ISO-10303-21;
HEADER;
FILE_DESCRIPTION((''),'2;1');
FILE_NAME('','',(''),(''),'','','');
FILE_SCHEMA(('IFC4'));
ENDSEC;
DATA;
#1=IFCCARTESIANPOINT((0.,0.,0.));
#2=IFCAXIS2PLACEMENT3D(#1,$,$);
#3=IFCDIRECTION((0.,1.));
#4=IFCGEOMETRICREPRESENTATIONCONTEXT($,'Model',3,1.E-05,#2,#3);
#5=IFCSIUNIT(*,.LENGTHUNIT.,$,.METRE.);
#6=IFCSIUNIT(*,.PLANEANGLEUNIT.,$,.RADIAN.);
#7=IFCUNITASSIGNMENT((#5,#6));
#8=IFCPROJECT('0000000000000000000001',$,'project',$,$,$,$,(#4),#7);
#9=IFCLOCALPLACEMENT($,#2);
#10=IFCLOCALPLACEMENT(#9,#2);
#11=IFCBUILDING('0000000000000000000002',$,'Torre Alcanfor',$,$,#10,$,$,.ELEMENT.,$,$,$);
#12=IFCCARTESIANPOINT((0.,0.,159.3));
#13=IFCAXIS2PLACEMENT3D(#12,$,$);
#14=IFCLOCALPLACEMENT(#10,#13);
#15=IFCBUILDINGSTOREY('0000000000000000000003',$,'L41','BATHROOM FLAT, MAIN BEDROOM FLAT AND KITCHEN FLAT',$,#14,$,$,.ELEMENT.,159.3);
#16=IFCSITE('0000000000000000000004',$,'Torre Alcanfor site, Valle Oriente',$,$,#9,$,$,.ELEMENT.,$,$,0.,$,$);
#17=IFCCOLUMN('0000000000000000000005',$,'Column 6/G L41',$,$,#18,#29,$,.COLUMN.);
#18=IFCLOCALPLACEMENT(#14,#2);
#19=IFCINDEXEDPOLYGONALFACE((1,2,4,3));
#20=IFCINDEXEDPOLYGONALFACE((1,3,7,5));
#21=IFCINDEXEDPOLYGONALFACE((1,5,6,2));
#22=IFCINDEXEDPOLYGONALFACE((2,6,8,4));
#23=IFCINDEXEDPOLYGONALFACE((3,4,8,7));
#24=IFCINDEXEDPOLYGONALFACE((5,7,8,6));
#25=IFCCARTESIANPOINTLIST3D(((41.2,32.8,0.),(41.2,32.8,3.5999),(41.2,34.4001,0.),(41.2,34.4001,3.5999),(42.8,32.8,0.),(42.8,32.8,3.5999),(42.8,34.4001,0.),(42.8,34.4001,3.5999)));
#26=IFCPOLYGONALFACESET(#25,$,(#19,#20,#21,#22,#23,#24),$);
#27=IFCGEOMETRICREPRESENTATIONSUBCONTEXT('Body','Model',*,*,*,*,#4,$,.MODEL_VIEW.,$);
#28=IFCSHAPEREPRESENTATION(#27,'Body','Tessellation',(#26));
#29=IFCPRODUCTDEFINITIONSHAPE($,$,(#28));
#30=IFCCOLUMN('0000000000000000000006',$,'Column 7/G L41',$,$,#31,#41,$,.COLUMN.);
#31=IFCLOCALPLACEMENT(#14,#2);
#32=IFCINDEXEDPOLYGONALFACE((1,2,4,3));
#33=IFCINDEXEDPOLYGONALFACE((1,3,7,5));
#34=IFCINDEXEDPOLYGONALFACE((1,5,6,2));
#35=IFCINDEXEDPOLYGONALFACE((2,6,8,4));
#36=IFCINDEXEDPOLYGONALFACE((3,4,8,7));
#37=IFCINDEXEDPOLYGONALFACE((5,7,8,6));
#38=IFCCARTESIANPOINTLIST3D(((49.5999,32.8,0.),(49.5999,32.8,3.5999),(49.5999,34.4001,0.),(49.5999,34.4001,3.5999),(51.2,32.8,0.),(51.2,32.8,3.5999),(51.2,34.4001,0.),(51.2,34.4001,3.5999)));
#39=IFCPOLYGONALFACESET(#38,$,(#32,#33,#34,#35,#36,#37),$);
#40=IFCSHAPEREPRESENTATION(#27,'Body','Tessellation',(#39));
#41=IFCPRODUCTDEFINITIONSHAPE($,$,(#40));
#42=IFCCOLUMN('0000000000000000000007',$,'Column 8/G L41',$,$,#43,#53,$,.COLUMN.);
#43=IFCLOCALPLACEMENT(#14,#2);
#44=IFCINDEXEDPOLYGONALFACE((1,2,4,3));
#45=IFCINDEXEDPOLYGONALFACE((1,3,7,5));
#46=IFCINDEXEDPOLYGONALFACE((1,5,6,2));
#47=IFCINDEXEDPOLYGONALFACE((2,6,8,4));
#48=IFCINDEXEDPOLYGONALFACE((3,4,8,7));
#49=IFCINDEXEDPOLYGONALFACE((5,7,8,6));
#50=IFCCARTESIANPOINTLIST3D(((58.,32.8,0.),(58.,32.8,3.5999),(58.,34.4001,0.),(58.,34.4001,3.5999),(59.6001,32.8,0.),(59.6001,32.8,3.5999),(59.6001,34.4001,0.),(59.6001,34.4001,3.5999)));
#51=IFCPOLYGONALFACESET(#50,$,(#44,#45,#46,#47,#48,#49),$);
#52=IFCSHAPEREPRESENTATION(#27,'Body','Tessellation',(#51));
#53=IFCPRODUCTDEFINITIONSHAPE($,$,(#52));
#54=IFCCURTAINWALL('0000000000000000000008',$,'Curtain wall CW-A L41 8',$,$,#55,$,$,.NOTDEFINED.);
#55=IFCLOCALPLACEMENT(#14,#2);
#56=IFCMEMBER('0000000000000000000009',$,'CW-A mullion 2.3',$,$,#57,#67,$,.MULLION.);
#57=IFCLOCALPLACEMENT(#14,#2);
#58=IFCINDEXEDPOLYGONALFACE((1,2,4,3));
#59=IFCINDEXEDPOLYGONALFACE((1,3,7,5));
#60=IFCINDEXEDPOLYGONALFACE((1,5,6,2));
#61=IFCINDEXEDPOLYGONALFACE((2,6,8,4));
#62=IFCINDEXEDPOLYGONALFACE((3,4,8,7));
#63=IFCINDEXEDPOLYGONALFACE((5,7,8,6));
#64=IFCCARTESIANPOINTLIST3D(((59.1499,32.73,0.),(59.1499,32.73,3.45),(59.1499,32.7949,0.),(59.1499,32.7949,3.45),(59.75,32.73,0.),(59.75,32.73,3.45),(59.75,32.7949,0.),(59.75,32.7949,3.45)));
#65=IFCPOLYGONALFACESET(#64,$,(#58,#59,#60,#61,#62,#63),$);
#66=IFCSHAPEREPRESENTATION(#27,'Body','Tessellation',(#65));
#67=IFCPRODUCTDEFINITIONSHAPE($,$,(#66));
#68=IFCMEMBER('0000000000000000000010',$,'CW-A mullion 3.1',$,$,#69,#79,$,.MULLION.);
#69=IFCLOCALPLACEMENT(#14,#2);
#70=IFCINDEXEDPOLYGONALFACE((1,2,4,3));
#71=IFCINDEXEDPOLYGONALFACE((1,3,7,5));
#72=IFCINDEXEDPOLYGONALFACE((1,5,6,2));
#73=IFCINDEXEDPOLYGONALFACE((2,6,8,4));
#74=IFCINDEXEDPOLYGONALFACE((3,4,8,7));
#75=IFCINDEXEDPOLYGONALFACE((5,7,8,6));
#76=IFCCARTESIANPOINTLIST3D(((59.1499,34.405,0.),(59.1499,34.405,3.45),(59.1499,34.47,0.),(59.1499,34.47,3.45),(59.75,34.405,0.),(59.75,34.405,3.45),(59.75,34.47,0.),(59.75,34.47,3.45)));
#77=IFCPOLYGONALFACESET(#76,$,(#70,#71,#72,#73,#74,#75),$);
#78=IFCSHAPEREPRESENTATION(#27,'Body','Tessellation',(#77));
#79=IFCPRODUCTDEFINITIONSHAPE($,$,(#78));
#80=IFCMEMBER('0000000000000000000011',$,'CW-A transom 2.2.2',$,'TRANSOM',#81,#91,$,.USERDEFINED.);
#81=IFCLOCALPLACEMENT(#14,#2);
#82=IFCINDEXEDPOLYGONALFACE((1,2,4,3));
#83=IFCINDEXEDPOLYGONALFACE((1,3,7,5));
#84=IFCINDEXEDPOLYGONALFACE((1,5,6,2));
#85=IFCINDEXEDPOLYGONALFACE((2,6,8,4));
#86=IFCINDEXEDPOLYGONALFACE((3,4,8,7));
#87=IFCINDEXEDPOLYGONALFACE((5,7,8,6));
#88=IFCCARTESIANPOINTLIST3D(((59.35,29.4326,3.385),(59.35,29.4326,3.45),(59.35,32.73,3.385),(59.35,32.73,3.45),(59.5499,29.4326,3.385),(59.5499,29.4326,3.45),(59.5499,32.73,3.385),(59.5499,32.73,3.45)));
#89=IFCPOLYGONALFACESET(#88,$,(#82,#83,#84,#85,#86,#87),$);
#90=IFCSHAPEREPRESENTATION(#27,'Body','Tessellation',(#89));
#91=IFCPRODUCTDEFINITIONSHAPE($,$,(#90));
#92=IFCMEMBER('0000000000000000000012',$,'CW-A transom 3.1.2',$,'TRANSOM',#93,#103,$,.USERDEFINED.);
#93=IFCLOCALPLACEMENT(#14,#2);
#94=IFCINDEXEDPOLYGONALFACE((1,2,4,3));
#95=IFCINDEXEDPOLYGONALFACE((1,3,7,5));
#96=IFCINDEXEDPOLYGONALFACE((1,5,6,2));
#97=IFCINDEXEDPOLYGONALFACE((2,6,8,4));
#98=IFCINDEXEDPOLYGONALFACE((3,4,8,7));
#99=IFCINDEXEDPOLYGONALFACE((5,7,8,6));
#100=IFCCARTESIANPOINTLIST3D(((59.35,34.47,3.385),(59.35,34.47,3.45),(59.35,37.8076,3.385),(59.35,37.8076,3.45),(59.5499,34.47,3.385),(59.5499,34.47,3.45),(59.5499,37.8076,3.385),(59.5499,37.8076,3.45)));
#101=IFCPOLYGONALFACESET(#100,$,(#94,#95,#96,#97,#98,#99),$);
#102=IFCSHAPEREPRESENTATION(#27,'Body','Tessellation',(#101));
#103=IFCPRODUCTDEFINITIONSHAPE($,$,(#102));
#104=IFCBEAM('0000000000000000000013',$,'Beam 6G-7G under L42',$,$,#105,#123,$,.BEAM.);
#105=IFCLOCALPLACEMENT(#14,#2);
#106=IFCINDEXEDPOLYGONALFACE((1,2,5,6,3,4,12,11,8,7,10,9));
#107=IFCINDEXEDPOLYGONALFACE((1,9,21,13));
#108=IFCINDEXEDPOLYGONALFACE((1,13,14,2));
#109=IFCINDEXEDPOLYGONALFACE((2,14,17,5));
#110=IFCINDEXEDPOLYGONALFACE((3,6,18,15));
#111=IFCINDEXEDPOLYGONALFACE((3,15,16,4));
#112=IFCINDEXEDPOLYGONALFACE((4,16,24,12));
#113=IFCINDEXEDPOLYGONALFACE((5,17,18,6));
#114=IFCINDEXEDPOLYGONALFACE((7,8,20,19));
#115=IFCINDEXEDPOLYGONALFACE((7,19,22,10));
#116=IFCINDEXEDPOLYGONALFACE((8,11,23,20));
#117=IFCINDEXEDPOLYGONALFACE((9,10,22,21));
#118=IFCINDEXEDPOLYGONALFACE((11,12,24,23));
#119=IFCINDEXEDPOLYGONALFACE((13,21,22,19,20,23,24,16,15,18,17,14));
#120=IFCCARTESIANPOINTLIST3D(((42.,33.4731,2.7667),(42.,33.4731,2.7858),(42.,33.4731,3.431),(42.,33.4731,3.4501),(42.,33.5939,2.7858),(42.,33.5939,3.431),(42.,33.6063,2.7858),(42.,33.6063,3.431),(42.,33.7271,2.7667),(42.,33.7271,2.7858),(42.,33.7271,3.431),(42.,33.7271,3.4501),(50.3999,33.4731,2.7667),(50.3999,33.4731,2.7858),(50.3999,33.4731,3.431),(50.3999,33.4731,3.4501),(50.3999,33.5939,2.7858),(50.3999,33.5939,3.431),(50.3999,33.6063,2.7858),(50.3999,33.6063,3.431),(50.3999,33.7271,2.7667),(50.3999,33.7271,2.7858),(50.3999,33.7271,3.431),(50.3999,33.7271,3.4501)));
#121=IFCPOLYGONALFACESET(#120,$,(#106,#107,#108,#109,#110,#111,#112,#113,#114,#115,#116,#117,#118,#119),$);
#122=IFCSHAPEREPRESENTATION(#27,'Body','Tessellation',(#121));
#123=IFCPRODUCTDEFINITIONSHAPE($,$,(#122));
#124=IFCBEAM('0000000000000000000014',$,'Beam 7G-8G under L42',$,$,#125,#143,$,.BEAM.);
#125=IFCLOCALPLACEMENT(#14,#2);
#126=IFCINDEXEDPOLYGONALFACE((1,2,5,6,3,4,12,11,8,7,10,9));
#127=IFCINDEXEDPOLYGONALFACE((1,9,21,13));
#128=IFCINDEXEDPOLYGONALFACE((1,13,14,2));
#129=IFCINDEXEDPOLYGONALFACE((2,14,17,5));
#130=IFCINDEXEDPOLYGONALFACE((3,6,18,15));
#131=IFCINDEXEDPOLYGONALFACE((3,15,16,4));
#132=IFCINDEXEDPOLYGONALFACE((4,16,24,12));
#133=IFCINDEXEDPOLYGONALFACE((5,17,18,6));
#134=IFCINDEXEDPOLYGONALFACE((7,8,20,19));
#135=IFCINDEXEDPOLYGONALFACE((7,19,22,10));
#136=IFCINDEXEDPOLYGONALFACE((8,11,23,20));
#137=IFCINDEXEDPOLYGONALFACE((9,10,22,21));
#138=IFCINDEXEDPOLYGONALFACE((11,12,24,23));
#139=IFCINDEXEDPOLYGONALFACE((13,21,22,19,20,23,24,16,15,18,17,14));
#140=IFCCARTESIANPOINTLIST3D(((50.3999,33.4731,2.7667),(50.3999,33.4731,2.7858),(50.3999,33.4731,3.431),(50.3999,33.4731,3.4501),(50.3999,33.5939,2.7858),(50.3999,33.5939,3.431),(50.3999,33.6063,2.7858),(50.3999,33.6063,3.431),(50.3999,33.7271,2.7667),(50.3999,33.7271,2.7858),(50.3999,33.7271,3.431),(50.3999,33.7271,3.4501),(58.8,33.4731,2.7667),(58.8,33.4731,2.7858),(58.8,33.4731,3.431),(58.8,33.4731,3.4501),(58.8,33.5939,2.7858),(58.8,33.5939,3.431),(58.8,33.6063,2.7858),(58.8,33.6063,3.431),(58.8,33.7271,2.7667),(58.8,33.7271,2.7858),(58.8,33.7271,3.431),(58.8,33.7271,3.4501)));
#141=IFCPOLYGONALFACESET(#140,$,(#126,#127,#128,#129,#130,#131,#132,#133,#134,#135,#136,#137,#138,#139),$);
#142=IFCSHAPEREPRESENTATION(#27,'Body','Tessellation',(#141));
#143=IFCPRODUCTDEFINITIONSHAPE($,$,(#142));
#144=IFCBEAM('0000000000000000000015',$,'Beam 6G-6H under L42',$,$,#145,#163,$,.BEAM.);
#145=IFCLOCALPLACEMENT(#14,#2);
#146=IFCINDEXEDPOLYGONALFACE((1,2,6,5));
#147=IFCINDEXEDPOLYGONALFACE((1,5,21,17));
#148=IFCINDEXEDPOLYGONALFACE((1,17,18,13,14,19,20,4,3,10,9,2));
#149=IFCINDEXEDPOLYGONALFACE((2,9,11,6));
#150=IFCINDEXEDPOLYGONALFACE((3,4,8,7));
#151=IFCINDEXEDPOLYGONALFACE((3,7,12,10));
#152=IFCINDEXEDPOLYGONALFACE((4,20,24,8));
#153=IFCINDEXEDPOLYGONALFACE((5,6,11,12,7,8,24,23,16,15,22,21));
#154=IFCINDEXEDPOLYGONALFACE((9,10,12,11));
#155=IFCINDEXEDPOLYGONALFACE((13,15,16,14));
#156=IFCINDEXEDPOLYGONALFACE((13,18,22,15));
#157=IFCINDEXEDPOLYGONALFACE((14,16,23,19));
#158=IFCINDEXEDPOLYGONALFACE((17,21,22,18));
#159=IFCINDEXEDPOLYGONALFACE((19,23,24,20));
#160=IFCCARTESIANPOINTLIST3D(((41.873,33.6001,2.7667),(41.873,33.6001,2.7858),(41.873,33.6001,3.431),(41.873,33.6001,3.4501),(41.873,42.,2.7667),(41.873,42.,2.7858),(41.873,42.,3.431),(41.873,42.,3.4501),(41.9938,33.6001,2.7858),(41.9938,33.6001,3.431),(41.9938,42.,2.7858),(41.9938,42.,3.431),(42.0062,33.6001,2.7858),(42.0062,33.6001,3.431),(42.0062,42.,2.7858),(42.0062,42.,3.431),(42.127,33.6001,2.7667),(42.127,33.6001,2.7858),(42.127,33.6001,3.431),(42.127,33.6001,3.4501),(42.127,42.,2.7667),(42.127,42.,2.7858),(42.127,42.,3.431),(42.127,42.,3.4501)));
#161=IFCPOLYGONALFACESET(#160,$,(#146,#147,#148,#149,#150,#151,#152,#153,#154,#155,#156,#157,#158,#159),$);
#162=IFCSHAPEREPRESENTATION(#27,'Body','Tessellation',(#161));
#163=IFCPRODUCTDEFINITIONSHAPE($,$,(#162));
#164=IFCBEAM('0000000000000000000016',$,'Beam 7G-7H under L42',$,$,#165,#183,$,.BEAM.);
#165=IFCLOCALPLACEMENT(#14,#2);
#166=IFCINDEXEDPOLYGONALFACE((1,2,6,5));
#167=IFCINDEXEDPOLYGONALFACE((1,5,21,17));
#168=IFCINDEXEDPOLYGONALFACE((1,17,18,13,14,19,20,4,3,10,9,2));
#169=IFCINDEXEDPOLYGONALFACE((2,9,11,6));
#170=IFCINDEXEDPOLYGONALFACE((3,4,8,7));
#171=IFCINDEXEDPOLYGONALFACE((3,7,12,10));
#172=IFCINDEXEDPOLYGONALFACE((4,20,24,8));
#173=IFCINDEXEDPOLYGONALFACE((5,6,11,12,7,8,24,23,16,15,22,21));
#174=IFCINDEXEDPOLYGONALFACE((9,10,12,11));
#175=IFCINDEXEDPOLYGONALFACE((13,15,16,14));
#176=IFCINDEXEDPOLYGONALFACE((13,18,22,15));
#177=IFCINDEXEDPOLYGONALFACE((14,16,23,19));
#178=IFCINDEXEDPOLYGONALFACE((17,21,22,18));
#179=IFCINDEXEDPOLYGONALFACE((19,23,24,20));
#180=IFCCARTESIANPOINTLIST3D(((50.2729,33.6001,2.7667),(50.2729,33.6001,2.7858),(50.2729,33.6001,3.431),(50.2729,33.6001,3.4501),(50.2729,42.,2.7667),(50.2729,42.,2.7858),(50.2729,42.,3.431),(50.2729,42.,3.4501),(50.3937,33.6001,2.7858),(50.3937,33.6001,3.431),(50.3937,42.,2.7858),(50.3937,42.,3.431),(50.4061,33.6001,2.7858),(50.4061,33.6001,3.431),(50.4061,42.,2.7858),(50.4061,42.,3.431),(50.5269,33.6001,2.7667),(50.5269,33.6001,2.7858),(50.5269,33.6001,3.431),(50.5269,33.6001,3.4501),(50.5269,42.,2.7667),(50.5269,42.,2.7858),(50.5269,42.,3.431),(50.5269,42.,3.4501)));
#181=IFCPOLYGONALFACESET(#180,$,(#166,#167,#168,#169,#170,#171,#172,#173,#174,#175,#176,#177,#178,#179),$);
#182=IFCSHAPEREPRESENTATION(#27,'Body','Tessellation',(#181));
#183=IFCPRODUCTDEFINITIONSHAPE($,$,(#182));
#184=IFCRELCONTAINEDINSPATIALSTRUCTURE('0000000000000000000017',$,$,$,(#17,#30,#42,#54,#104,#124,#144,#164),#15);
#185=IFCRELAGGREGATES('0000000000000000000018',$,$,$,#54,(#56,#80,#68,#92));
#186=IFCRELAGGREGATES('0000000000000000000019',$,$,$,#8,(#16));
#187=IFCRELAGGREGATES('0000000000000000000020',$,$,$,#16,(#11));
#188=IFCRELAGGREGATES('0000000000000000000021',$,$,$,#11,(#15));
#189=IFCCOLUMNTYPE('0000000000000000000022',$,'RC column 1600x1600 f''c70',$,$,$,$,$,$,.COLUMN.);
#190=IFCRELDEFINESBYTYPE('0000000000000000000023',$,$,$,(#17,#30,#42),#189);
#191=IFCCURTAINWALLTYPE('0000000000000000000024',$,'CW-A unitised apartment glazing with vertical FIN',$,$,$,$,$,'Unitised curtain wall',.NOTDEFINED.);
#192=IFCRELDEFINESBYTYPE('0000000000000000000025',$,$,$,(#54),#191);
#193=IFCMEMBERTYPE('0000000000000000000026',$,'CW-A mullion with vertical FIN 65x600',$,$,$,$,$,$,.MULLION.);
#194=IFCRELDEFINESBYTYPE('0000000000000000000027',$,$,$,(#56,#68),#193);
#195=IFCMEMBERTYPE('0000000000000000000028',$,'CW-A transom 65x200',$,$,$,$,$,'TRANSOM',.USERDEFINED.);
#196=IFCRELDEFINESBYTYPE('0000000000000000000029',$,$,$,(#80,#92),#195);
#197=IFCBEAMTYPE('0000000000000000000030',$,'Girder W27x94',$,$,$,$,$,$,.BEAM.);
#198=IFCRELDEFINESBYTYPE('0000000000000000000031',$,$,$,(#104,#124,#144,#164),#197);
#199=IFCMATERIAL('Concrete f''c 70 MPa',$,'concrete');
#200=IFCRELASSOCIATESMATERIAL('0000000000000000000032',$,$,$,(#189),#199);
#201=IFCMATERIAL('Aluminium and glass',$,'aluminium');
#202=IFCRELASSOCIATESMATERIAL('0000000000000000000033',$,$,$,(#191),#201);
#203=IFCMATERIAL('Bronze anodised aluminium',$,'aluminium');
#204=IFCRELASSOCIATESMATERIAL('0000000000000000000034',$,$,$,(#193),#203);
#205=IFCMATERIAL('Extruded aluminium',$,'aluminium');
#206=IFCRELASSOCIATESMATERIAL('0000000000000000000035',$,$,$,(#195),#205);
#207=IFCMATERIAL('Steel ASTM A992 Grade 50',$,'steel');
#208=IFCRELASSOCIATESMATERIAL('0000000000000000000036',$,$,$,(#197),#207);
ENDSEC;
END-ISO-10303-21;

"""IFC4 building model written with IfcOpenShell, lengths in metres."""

from ifc_helpers import new_model, si_unit, direction, frame, origin, origin_2d, place, context, subcontext, project, spatial, rectangle, i_section, extrude, material, material_profile, profile_set, type_object, element, aggregate, save


model = new_model("IFC4")

# Units and contexts
model_context = context("Model", 3, precision=1e-05, world=origin(), true_north=direction((0.0, 1.0)))
body_context = subcontext(model_context, "Body", "Model", "MODEL_VIEW")
ifc_project = project(units=[si_unit("LENGTHUNIT", "METRE"), si_unit("PLANEANGLEUNIT", "RADIAN")], contexts=[model_context])

# Site, building, storey
site_placement = place(None, origin())
site = spatial("IfcSite", under=ifc_project, at=site_placement, Name="Torre Alcanfor site, Valle Oriente", CompositionType="ELEMENT", RefElevation=0.0)
building_placement = place(site_placement, origin())
building = spatial("IfcBuilding", under=site, at=building_placement, Name="Torre Alcanfor", CompositionType="ELEMENT")
storey_placement = place(building_placement, frame((0.0, 0.0, 159.3)))
storey = spatial("IfcBuildingStorey", under=building, at=storey_placement, Name="L41", Description="BATHROOM FLAT, MAIN BEDROOM FLAT AND KITCHEN FLAT", CompositionType="ELEMENT", Elevation=159.3)

# Columns
ifc_material_1 = material(Name="Concrete f'c 70 MPa", Category="concrete")
ifc_material_profile_1 = material_profile(ifc_material_1, rectangle(XDim=1.6001, YDim=1.6001, at=origin_2d()), Name="1600x1600")
ifc_profile_set_1 = profile_set([ifc_material_profile_1], Name="Concrete f'c 70 MPa")
column_type = type_object("IfcColumnType", Name="RC column 1600x1600 f'c70", PredefinedType="COLUMN", material=ifc_profile_set_1)
for number, where, z_axis, x_axis, name in (
    (1, (42.0, 33.6001, 0.0), (0.0, 0.0, 1.0), (1.0, 0.0, 0.0), "Column 6/G L41"),
    (2, (50.3999, 33.6001, 0.0), (0.0, 0.0, 1.0), (1.0, 0.0, 0.0), "Column 7/G L41"),
    (3, (58.8, 33.6001, 0.0), (0.0, 0.0, 1.0), (1.0, 0.0, 0.0), "Column 8/G L41"),
):
    element("IfcColumn", number, at=place(storey_placement, frame(where, z_axis=z_axis, x_axis=x_axis)), inside=storey, type_object=column_type, Name=name, PredefinedType="COLUMN", context=body_context, shape_type="SweptSolid", body=[
        extrude(rectangle(XDim=1.6001, YDim=1.6001, at=origin_2d()), origin(), (0.0, 0.0, 1.0), 3.5999),
    ])

# Curtain wall, members
ifc_material_2 = material(Name="Aluminium and glass", Category="aluminium")
curtain_wall_type = type_object("IfcCurtainWallType", Name="CW-A unitised apartment glazing with vertical FIN", ElementType="Unitised curtain wall", PredefinedType="NOTDEFINED", material=ifc_material_2)
curtain_wall_placement = place(storey_placement, origin())
curtain_wall = element("IfcCurtainWall", 4, at=curtain_wall_placement, inside=storey, type_object=curtain_wall_type, Name="Curtain wall CW-A L41 8", PredefinedType="NOTDEFINED")
ifc_material_3 = material(Name="Bronze anodised aluminium", Category="aluminium")
ifc_material_profile_2 = material_profile(ifc_material_3, rectangle(XDim=0.6001, YDim=0.0649, at=origin_2d()), Name="CW-A mullion 65x600")
ifc_profile_set_2 = profile_set([ifc_material_profile_2], Name="Bronze anodised aluminium")
member_type_1 = type_object("IfcMemberType", Name="CW-A mullion with vertical FIN 65x600", PredefinedType="MULLION", material=ifc_profile_set_2)
member_1_placement = place(storey_placement, frame((59.45, 32.7625, 0.0), z_axis=(0.0, 0.0, 1.0), x_axis=(-1.0, 0.0, 0.0)))
member_1 = element("IfcMember", 5, at=member_1_placement, type_object=member_type_1, Name="CW-A mullion 2.3", PredefinedType="MULLION", context=body_context, shape_type="SweptSolid", body=[
    extrude(rectangle(XDim=0.6001, YDim=0.0649, at=origin_2d()), origin(), (0.0, 0.0, 1.0), 3.45),
])
member_2_placement = place(storey_placement, frame((59.45, 34.4375, 0.0), z_axis=(0.0, 0.0, 1.0), x_axis=(-1.0, 0.0, 0.0)))
member_2 = element("IfcMember", 6, at=member_2_placement, type_object=member_type_1, Name="CW-A mullion 3.1", PredefinedType="MULLION", context=body_context, shape_type="SweptSolid", body=[
    extrude(rectangle(XDim=0.6001, YDim=0.0649, at=origin_2d()), origin(), (0.0, 0.0, 1.0), 3.45),
])
ifc_material_4 = material(Name="Extruded aluminium", Category="aluminium")
ifc_material_profile_3 = material_profile(ifc_material_4, rectangle(XDim=0.2, YDim=0.0649, at=origin_2d()), Name="CW-A transom 200x65")
ifc_profile_set_3 = profile_set([ifc_material_profile_3], Name="Extruded aluminium")
member_type_2 = type_object("IfcMemberType", Name="CW-A transom 65x200", ElementType="TRANSOM", PredefinedType="USERDEFINED", material=ifc_profile_set_3)
member_3_placement = place(storey_placement, frame((59.45, 29.4326, 3.4175), z_axis=(0.0, 1.0, 0.0), x_axis=(-1.0, 0.0, 0.0)))
member_3 = element("IfcMember", 7, at=member_3_placement, type_object=member_type_2, Name="CW-A transom 2.2.2", ObjectType="TRANSOM", PredefinedType="USERDEFINED", context=body_context, shape_type="SweptSolid", body=[
    extrude(rectangle(XDim=0.2, YDim=0.0649, at=origin_2d()), origin(), (0.0, 0.0, 1.0), 3.2974),
])
member_4_placement = place(storey_placement, frame((59.45, 34.47, 3.4175), z_axis=(0.0, 1.0, 0.0), x_axis=(-1.0, 0.0, 0.0)))
member_4 = element("IfcMember", 8, at=member_4_placement, type_object=member_type_2, Name="CW-A transom 3.1.2", ObjectType="TRANSOM", PredefinedType="USERDEFINED", context=body_context, shape_type="SweptSolid", body=[
    extrude(rectangle(XDim=0.2, YDim=0.0649, at=origin_2d()), origin(), (0.0, 0.0, 1.0), 3.3376),
])

# Beams
ifc_material_5 = material(Name="Steel ASTM A992 Grade 50", Category="steel")
ifc_material_profile_4 = material_profile(ifc_material_5, i_section(OverallWidth=0.2539, OverallDepth=0.6833, WebThickness=0.0125, FlangeThickness=0.019, at=origin_2d()), Name="W27x94")
ifc_profile_set_4 = profile_set([ifc_material_profile_4], Name="Steel ASTM A992 Grade 50")
beam_type_1 = type_object("IfcBeamType", Name="Girder W27x94", PredefinedType="BEAM", material=ifc_profile_set_4)
beam_1_placement = place(storey_placement, frame((42.0, 33.6001, 3.1084), z_axis=(1.0, 0.0, 0.0), x_axis=(0.0, 1.0, 0.0)))
element("IfcBeam", 9, at=beam_1_placement, inside=storey, type_object=beam_type_1, Name="Beam 6G-7G under L42", PredefinedType="BEAM", context=body_context, shape_type="SweptSolid", body=[
    extrude(i_section(OverallWidth=0.2539, OverallDepth=0.6833, WebThickness=0.0125, FlangeThickness=0.019, at=origin_2d()), origin(), (0.0, 0.0, 1.0), 8.3999),
])
beam_2_placement = place(storey_placement, frame((50.3999, 33.6001, 3.1084), z_axis=(1.0, 0.0, 0.0), x_axis=(0.0, 1.0, 0.0)))
element("IfcBeam", 10, at=beam_2_placement, inside=storey, type_object=beam_type_1, Name="Beam 7G-8G under L42", PredefinedType="BEAM", context=body_context, shape_type="SweptSolid", body=[
    extrude(i_section(OverallWidth=0.2539, OverallDepth=0.6833, WebThickness=0.0125, FlangeThickness=0.019, at=origin_2d()), origin(), (0.0, 0.0, 1.0), 8.4001),
])
for number, where, z_axis, x_axis, name in (
    (11, (42.0, 33.6001, 3.1084), (0.0, 1.0, 0.0), (-1.0, 0.0, 0.0), "Beam 6G-6H under L42"),
    (12, (50.3999, 33.6001, 3.1084), (0.0, 1.0, 0.0), (-1.0, 0.0, 0.0), "Beam 7G-7H under L42"),
):
    element("IfcBeam", number, at=place(storey_placement, frame(where, z_axis=z_axis, x_axis=x_axis)), inside=storey, type_object=beam_type_1, Name=name, PredefinedType="BEAM", context=body_context, shape_type="SweptSolid", body=[
        extrude(i_section(OverallWidth=0.2539, OverallDepth=0.6833, WebThickness=0.0125, FlangeThickness=0.019, at=origin_2d()), origin(), (0.0, 0.0, 1.0), 8.3999),
    ])

aggregate(curtain_wall, [member_1, member_3, member_2, member_4])

save(model, "model.ifc")
